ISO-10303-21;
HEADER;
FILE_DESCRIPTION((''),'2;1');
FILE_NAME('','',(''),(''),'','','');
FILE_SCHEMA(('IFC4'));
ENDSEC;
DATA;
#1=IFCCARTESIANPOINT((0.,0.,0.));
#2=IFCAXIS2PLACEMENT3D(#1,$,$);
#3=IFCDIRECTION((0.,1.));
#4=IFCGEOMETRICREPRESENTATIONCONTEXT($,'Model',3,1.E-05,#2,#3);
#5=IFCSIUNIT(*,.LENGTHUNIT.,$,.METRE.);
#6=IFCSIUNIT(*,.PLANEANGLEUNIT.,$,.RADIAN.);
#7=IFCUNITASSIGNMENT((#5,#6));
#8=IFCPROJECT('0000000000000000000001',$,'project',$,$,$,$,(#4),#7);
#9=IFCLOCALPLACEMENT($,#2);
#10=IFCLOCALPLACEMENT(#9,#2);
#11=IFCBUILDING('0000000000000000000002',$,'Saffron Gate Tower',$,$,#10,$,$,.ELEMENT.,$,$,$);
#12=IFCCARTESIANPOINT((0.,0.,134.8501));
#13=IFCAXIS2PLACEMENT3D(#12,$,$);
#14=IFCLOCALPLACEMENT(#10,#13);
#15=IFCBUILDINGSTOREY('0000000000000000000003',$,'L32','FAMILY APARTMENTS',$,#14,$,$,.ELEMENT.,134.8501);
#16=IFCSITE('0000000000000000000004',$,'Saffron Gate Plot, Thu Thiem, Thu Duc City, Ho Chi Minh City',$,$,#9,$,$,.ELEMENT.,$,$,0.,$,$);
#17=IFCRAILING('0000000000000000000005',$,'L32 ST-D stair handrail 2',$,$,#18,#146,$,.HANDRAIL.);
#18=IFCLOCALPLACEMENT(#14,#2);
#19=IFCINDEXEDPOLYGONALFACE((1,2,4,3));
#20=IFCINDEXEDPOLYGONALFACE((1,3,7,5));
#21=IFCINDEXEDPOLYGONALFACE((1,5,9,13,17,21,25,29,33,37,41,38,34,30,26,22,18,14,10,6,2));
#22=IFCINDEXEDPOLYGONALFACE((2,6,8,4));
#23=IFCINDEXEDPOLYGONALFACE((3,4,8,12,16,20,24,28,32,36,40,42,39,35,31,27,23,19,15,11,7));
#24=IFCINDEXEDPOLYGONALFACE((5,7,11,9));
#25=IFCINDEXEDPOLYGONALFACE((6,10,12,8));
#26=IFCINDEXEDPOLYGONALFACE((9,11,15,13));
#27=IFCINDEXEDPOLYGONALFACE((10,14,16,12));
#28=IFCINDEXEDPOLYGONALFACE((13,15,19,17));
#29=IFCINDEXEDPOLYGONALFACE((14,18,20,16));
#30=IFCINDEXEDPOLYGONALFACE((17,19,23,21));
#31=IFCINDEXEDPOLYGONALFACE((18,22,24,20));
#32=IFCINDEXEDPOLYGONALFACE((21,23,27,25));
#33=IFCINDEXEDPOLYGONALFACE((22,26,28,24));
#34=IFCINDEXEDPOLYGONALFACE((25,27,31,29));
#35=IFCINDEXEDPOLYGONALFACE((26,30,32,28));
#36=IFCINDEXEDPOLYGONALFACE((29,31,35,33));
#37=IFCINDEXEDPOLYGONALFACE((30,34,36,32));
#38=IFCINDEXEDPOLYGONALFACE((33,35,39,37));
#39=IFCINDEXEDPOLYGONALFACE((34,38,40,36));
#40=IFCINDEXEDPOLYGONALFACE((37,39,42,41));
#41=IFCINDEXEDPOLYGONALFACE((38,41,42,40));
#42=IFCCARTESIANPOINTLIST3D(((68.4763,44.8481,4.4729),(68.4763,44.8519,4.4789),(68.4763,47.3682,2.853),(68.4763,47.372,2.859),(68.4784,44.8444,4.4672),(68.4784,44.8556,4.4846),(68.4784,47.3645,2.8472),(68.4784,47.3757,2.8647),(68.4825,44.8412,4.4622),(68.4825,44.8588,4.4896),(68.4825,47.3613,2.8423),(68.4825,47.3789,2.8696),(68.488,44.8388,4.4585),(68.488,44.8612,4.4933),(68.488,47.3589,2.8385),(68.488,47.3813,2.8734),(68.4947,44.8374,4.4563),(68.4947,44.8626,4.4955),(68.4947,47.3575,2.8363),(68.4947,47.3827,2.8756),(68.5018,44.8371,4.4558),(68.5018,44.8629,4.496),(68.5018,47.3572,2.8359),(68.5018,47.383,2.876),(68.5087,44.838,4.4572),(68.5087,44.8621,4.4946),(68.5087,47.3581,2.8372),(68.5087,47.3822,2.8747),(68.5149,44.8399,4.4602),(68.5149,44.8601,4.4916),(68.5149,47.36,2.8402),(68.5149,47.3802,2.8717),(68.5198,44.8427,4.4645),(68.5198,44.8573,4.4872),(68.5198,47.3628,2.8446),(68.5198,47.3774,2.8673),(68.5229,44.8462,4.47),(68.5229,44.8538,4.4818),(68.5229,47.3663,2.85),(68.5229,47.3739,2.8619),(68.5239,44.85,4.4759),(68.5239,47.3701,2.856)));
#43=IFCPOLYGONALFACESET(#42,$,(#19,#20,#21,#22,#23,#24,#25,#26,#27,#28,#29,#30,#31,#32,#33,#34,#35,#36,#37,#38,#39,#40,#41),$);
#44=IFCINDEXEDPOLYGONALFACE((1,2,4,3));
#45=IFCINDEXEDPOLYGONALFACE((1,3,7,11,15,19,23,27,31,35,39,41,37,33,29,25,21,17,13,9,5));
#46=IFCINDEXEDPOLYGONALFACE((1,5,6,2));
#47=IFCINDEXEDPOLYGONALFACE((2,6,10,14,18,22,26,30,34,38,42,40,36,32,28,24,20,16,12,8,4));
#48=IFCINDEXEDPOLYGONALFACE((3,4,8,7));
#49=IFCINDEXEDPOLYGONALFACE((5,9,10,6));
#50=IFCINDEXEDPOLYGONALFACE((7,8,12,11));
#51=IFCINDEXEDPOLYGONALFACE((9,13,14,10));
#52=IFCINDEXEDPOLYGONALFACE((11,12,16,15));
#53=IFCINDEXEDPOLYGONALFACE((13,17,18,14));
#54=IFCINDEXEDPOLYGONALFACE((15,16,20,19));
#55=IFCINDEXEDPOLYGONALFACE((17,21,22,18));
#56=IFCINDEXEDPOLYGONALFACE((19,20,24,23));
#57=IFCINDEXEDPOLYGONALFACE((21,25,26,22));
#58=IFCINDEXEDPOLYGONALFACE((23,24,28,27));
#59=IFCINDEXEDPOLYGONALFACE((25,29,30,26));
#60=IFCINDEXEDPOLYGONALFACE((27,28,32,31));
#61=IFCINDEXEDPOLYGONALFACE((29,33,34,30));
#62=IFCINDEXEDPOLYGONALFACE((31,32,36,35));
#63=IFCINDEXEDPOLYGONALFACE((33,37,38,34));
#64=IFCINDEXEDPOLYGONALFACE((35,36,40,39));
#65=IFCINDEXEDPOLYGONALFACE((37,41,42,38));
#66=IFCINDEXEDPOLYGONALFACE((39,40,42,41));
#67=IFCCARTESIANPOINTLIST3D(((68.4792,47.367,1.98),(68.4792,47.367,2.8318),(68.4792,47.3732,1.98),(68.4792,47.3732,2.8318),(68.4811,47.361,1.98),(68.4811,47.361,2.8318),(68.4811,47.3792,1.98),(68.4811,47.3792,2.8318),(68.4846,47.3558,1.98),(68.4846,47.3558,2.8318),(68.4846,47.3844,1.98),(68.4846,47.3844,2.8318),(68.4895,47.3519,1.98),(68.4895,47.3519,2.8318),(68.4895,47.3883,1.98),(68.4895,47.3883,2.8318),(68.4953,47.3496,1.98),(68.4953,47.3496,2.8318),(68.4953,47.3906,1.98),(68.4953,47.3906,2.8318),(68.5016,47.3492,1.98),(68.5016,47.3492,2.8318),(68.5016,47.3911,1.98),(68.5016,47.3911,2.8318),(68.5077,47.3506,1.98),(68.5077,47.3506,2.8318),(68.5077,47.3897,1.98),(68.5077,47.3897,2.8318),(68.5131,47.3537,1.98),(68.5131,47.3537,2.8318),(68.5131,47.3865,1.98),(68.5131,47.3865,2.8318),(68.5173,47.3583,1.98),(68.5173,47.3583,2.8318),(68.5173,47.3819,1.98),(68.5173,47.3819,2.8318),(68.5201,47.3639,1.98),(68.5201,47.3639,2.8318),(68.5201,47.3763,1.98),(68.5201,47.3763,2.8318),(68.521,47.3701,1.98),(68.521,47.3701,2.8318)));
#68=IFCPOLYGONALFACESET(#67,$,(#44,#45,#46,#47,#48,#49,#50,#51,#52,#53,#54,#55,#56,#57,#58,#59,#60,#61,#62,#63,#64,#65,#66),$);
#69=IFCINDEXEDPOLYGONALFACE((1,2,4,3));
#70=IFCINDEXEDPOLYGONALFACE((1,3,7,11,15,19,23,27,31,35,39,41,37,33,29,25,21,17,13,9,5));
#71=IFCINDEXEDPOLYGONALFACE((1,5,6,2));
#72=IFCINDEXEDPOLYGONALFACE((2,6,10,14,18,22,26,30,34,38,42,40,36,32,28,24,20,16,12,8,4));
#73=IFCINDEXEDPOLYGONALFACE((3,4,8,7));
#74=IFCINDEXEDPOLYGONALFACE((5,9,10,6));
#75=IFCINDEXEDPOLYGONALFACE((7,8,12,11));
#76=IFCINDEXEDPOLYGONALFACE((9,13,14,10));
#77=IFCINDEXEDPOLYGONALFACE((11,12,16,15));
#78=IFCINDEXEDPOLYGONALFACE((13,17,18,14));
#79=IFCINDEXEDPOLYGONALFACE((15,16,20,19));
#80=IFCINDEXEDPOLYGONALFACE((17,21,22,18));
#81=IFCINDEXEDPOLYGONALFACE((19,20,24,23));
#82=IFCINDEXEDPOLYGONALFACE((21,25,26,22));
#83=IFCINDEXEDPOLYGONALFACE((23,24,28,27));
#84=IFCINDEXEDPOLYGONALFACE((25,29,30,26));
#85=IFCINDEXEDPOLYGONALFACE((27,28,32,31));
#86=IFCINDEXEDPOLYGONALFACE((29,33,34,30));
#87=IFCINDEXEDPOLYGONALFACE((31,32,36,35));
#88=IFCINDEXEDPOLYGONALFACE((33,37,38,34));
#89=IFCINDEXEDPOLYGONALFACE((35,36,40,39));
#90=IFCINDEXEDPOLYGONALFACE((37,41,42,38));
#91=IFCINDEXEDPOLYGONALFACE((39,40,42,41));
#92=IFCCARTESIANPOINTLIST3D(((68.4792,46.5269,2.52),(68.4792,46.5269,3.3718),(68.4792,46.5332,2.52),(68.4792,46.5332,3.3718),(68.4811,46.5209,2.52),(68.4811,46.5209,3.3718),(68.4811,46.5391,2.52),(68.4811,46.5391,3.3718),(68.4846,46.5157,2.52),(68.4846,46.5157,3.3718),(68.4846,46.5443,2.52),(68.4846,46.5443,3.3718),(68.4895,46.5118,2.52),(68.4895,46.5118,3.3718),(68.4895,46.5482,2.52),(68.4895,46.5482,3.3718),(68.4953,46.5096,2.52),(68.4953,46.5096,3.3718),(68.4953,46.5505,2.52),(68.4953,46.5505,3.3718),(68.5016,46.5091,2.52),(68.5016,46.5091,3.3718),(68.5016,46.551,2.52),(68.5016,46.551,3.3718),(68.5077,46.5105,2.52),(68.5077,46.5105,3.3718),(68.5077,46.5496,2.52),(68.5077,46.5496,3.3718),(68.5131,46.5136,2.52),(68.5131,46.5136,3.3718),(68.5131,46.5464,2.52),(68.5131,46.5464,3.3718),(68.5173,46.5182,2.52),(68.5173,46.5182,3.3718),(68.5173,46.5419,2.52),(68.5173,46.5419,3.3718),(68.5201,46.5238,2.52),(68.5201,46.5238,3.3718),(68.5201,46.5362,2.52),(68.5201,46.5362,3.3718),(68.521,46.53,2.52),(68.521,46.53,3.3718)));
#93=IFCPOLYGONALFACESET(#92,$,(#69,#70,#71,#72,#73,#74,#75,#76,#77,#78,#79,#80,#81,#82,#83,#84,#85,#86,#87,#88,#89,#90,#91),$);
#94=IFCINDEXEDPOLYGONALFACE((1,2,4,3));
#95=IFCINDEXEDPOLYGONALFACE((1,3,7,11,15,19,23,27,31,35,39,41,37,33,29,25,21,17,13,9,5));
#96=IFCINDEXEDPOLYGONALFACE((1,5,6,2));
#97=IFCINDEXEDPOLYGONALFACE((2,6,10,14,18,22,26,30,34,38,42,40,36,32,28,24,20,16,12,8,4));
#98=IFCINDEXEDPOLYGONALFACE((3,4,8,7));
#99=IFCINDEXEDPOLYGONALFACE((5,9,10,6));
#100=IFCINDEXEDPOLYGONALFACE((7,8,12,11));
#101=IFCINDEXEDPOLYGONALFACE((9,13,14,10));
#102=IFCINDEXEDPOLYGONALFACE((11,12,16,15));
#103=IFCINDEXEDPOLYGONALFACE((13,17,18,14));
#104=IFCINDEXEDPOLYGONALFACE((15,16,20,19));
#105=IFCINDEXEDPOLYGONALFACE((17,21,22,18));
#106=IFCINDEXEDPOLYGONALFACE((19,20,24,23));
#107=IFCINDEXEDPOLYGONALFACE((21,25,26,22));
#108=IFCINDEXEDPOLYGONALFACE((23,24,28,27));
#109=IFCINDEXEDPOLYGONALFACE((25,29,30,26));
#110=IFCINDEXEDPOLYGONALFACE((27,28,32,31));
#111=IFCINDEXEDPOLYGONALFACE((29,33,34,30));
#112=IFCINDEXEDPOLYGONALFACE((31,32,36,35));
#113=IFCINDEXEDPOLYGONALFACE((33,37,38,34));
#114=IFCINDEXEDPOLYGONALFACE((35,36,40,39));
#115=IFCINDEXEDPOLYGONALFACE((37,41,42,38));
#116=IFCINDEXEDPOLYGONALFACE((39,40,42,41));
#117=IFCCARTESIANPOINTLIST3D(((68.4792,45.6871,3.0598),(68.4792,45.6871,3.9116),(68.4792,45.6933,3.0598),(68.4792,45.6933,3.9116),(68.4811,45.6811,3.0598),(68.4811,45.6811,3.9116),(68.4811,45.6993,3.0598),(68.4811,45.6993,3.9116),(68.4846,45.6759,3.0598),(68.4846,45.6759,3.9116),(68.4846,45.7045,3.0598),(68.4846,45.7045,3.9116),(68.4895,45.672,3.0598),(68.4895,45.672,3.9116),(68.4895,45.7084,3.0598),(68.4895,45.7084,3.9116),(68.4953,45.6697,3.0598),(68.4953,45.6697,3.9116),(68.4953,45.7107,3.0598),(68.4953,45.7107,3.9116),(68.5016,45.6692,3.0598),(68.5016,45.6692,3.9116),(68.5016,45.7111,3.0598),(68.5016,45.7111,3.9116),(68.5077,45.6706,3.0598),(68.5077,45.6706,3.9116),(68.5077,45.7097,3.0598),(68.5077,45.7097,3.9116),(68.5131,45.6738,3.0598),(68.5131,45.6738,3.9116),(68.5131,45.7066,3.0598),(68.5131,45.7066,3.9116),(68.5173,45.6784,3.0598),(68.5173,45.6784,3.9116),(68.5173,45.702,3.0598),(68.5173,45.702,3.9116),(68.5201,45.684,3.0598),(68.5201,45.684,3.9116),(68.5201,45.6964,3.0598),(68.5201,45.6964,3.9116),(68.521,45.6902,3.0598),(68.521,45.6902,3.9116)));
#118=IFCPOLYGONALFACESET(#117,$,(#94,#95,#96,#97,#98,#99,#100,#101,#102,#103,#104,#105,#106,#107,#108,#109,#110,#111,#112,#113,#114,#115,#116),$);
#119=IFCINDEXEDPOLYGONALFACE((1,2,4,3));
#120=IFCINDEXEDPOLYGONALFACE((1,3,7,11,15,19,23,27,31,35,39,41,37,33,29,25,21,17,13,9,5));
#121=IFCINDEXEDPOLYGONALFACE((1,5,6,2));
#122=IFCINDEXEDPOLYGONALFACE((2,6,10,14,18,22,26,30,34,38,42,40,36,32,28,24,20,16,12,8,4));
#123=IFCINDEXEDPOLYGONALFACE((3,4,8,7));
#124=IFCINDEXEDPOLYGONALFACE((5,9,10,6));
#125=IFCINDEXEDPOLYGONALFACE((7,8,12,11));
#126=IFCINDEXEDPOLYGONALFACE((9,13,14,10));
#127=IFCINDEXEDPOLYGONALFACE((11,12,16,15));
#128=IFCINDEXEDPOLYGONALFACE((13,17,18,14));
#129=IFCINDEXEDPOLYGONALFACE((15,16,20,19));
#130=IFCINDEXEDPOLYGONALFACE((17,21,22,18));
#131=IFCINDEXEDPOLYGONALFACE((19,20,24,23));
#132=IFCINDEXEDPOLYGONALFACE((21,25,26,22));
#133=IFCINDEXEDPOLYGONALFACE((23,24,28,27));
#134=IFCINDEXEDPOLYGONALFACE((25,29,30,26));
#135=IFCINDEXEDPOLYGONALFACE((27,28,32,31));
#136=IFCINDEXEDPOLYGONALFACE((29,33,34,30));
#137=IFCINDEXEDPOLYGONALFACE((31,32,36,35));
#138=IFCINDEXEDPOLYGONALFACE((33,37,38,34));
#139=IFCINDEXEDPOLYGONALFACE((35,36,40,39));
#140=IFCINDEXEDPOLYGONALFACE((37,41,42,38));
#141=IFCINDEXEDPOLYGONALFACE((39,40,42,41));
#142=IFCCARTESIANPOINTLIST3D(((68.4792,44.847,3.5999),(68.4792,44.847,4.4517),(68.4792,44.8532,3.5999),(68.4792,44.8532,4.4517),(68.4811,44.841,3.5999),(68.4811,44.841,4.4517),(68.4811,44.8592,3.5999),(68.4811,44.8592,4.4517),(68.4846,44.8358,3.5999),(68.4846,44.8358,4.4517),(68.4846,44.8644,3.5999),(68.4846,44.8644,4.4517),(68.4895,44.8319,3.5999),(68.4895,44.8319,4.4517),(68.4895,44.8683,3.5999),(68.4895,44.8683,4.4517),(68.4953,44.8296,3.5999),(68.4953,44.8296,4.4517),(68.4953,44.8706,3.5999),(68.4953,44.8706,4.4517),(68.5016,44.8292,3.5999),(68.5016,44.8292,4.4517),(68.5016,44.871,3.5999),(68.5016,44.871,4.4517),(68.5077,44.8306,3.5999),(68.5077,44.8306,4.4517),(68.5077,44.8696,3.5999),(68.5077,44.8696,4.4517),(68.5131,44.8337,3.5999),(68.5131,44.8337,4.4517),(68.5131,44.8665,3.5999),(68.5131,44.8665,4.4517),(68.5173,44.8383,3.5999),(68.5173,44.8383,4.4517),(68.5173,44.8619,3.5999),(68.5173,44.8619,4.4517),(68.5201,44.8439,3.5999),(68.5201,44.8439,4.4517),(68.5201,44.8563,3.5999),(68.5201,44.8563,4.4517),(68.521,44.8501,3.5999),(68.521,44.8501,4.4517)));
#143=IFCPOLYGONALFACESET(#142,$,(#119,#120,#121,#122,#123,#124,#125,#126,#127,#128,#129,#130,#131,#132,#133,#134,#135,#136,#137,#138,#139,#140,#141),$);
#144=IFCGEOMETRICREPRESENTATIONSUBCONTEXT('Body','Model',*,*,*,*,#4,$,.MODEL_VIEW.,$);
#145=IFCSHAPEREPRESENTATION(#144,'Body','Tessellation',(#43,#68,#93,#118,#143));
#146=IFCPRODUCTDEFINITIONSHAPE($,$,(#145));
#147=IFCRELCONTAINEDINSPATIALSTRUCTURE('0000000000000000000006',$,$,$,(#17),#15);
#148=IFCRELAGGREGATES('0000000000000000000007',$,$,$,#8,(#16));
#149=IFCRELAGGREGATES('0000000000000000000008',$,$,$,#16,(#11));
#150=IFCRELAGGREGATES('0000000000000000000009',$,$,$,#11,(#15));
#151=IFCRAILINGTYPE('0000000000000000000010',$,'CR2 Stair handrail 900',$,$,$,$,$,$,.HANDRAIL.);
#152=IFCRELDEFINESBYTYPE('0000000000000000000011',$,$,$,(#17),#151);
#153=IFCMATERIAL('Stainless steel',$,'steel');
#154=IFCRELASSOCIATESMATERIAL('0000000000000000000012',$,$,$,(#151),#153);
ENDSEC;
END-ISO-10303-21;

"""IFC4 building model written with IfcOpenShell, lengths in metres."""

from ifc_helpers import new_model, si_unit, direction, frame, origin, origin_2d, place, context, subcontext, project, spatial, circle, extrude, material, type_object, element, save


model = new_model("IFC4")

# Units and contexts
model_context = context("Model", 3, precision=1e-05, world=origin(), true_north=direction((0.0, 1.0)))
body_context = subcontext(model_context, "Body", "Model", "MODEL_VIEW")
ifc_project = project(units=[si_unit("LENGTHUNIT", "METRE"), si_unit("PLANEANGLEUNIT", "RADIAN")], contexts=[model_context])

# Site, building, storey
site_placement = place(None, origin())
site = spatial("IfcSite", under=ifc_project, at=site_placement, Name="Saffron Gate Plot, Thu Thiem, Thu Duc City, Ho Chi Minh City", CompositionType="ELEMENT", RefElevation=0.0)
building_placement = place(site_placement, origin())
building = spatial("IfcBuilding", under=site, at=building_placement, Name="Saffron Gate Tower", CompositionType="ELEMENT")
storey_placement = place(building_placement, frame((0.0, 0.0, 134.8501)))
storey = spatial("IfcBuildingStorey", under=building, at=storey_placement, Name="L32", Description="FAMILY APARTMENTS", CompositionType="ELEMENT", Elevation=134.8501)

# Railing
ifc_material_1 = material(Name="Stainless steel", Category="steel")
railing_type_1 = type_object("IfcRailingType", Name="CR2 Stair handrail 900", PredefinedType="HANDRAIL", material=ifc_material_1)
railing_1_placement = place(storey_placement, frame((68.5, 47.3701, 1.98)))
element("IfcRailing", 1, at=railing_1_placement, inside=storey, type_object=railing_type_1, Name="L32 ST-D stair handrail 2", PredefinedType="HANDRAIL", context=body_context, shape_type="SweptSolid", body=[
    extrude(circle(Radius=0.0239, at=origin_2d()), frame((0.0, 0.0, 0.876), z_axis=(0.0, -0.8412, 0.540725), x_axis=(1.0, 0.0, 0.0)), (0.0, 0.0, 1.0), 2.9958),
    extrude(circle(Radius=0.021, at=origin_2d()), origin(), (0.0, 0.0, 1.0), 0.8518),
    extrude(circle(Radius=0.021, at=origin_2d()), frame((0.0, -0.8401, 0.54)), (0.0, 0.0, 1.0), 0.8518),
    extrude(circle(Radius=0.021, at=origin_2d()), frame((0.0, -1.6799, 1.0798)), (0.0, 0.0, 1.0), 0.8518),
    extrude(circle(Radius=0.021, at=origin_2d()), frame((0.0, -2.52, 1.6199)), (0.0, 0.0, 1.0), 0.8518),
])

save(model, "model.ifc")
